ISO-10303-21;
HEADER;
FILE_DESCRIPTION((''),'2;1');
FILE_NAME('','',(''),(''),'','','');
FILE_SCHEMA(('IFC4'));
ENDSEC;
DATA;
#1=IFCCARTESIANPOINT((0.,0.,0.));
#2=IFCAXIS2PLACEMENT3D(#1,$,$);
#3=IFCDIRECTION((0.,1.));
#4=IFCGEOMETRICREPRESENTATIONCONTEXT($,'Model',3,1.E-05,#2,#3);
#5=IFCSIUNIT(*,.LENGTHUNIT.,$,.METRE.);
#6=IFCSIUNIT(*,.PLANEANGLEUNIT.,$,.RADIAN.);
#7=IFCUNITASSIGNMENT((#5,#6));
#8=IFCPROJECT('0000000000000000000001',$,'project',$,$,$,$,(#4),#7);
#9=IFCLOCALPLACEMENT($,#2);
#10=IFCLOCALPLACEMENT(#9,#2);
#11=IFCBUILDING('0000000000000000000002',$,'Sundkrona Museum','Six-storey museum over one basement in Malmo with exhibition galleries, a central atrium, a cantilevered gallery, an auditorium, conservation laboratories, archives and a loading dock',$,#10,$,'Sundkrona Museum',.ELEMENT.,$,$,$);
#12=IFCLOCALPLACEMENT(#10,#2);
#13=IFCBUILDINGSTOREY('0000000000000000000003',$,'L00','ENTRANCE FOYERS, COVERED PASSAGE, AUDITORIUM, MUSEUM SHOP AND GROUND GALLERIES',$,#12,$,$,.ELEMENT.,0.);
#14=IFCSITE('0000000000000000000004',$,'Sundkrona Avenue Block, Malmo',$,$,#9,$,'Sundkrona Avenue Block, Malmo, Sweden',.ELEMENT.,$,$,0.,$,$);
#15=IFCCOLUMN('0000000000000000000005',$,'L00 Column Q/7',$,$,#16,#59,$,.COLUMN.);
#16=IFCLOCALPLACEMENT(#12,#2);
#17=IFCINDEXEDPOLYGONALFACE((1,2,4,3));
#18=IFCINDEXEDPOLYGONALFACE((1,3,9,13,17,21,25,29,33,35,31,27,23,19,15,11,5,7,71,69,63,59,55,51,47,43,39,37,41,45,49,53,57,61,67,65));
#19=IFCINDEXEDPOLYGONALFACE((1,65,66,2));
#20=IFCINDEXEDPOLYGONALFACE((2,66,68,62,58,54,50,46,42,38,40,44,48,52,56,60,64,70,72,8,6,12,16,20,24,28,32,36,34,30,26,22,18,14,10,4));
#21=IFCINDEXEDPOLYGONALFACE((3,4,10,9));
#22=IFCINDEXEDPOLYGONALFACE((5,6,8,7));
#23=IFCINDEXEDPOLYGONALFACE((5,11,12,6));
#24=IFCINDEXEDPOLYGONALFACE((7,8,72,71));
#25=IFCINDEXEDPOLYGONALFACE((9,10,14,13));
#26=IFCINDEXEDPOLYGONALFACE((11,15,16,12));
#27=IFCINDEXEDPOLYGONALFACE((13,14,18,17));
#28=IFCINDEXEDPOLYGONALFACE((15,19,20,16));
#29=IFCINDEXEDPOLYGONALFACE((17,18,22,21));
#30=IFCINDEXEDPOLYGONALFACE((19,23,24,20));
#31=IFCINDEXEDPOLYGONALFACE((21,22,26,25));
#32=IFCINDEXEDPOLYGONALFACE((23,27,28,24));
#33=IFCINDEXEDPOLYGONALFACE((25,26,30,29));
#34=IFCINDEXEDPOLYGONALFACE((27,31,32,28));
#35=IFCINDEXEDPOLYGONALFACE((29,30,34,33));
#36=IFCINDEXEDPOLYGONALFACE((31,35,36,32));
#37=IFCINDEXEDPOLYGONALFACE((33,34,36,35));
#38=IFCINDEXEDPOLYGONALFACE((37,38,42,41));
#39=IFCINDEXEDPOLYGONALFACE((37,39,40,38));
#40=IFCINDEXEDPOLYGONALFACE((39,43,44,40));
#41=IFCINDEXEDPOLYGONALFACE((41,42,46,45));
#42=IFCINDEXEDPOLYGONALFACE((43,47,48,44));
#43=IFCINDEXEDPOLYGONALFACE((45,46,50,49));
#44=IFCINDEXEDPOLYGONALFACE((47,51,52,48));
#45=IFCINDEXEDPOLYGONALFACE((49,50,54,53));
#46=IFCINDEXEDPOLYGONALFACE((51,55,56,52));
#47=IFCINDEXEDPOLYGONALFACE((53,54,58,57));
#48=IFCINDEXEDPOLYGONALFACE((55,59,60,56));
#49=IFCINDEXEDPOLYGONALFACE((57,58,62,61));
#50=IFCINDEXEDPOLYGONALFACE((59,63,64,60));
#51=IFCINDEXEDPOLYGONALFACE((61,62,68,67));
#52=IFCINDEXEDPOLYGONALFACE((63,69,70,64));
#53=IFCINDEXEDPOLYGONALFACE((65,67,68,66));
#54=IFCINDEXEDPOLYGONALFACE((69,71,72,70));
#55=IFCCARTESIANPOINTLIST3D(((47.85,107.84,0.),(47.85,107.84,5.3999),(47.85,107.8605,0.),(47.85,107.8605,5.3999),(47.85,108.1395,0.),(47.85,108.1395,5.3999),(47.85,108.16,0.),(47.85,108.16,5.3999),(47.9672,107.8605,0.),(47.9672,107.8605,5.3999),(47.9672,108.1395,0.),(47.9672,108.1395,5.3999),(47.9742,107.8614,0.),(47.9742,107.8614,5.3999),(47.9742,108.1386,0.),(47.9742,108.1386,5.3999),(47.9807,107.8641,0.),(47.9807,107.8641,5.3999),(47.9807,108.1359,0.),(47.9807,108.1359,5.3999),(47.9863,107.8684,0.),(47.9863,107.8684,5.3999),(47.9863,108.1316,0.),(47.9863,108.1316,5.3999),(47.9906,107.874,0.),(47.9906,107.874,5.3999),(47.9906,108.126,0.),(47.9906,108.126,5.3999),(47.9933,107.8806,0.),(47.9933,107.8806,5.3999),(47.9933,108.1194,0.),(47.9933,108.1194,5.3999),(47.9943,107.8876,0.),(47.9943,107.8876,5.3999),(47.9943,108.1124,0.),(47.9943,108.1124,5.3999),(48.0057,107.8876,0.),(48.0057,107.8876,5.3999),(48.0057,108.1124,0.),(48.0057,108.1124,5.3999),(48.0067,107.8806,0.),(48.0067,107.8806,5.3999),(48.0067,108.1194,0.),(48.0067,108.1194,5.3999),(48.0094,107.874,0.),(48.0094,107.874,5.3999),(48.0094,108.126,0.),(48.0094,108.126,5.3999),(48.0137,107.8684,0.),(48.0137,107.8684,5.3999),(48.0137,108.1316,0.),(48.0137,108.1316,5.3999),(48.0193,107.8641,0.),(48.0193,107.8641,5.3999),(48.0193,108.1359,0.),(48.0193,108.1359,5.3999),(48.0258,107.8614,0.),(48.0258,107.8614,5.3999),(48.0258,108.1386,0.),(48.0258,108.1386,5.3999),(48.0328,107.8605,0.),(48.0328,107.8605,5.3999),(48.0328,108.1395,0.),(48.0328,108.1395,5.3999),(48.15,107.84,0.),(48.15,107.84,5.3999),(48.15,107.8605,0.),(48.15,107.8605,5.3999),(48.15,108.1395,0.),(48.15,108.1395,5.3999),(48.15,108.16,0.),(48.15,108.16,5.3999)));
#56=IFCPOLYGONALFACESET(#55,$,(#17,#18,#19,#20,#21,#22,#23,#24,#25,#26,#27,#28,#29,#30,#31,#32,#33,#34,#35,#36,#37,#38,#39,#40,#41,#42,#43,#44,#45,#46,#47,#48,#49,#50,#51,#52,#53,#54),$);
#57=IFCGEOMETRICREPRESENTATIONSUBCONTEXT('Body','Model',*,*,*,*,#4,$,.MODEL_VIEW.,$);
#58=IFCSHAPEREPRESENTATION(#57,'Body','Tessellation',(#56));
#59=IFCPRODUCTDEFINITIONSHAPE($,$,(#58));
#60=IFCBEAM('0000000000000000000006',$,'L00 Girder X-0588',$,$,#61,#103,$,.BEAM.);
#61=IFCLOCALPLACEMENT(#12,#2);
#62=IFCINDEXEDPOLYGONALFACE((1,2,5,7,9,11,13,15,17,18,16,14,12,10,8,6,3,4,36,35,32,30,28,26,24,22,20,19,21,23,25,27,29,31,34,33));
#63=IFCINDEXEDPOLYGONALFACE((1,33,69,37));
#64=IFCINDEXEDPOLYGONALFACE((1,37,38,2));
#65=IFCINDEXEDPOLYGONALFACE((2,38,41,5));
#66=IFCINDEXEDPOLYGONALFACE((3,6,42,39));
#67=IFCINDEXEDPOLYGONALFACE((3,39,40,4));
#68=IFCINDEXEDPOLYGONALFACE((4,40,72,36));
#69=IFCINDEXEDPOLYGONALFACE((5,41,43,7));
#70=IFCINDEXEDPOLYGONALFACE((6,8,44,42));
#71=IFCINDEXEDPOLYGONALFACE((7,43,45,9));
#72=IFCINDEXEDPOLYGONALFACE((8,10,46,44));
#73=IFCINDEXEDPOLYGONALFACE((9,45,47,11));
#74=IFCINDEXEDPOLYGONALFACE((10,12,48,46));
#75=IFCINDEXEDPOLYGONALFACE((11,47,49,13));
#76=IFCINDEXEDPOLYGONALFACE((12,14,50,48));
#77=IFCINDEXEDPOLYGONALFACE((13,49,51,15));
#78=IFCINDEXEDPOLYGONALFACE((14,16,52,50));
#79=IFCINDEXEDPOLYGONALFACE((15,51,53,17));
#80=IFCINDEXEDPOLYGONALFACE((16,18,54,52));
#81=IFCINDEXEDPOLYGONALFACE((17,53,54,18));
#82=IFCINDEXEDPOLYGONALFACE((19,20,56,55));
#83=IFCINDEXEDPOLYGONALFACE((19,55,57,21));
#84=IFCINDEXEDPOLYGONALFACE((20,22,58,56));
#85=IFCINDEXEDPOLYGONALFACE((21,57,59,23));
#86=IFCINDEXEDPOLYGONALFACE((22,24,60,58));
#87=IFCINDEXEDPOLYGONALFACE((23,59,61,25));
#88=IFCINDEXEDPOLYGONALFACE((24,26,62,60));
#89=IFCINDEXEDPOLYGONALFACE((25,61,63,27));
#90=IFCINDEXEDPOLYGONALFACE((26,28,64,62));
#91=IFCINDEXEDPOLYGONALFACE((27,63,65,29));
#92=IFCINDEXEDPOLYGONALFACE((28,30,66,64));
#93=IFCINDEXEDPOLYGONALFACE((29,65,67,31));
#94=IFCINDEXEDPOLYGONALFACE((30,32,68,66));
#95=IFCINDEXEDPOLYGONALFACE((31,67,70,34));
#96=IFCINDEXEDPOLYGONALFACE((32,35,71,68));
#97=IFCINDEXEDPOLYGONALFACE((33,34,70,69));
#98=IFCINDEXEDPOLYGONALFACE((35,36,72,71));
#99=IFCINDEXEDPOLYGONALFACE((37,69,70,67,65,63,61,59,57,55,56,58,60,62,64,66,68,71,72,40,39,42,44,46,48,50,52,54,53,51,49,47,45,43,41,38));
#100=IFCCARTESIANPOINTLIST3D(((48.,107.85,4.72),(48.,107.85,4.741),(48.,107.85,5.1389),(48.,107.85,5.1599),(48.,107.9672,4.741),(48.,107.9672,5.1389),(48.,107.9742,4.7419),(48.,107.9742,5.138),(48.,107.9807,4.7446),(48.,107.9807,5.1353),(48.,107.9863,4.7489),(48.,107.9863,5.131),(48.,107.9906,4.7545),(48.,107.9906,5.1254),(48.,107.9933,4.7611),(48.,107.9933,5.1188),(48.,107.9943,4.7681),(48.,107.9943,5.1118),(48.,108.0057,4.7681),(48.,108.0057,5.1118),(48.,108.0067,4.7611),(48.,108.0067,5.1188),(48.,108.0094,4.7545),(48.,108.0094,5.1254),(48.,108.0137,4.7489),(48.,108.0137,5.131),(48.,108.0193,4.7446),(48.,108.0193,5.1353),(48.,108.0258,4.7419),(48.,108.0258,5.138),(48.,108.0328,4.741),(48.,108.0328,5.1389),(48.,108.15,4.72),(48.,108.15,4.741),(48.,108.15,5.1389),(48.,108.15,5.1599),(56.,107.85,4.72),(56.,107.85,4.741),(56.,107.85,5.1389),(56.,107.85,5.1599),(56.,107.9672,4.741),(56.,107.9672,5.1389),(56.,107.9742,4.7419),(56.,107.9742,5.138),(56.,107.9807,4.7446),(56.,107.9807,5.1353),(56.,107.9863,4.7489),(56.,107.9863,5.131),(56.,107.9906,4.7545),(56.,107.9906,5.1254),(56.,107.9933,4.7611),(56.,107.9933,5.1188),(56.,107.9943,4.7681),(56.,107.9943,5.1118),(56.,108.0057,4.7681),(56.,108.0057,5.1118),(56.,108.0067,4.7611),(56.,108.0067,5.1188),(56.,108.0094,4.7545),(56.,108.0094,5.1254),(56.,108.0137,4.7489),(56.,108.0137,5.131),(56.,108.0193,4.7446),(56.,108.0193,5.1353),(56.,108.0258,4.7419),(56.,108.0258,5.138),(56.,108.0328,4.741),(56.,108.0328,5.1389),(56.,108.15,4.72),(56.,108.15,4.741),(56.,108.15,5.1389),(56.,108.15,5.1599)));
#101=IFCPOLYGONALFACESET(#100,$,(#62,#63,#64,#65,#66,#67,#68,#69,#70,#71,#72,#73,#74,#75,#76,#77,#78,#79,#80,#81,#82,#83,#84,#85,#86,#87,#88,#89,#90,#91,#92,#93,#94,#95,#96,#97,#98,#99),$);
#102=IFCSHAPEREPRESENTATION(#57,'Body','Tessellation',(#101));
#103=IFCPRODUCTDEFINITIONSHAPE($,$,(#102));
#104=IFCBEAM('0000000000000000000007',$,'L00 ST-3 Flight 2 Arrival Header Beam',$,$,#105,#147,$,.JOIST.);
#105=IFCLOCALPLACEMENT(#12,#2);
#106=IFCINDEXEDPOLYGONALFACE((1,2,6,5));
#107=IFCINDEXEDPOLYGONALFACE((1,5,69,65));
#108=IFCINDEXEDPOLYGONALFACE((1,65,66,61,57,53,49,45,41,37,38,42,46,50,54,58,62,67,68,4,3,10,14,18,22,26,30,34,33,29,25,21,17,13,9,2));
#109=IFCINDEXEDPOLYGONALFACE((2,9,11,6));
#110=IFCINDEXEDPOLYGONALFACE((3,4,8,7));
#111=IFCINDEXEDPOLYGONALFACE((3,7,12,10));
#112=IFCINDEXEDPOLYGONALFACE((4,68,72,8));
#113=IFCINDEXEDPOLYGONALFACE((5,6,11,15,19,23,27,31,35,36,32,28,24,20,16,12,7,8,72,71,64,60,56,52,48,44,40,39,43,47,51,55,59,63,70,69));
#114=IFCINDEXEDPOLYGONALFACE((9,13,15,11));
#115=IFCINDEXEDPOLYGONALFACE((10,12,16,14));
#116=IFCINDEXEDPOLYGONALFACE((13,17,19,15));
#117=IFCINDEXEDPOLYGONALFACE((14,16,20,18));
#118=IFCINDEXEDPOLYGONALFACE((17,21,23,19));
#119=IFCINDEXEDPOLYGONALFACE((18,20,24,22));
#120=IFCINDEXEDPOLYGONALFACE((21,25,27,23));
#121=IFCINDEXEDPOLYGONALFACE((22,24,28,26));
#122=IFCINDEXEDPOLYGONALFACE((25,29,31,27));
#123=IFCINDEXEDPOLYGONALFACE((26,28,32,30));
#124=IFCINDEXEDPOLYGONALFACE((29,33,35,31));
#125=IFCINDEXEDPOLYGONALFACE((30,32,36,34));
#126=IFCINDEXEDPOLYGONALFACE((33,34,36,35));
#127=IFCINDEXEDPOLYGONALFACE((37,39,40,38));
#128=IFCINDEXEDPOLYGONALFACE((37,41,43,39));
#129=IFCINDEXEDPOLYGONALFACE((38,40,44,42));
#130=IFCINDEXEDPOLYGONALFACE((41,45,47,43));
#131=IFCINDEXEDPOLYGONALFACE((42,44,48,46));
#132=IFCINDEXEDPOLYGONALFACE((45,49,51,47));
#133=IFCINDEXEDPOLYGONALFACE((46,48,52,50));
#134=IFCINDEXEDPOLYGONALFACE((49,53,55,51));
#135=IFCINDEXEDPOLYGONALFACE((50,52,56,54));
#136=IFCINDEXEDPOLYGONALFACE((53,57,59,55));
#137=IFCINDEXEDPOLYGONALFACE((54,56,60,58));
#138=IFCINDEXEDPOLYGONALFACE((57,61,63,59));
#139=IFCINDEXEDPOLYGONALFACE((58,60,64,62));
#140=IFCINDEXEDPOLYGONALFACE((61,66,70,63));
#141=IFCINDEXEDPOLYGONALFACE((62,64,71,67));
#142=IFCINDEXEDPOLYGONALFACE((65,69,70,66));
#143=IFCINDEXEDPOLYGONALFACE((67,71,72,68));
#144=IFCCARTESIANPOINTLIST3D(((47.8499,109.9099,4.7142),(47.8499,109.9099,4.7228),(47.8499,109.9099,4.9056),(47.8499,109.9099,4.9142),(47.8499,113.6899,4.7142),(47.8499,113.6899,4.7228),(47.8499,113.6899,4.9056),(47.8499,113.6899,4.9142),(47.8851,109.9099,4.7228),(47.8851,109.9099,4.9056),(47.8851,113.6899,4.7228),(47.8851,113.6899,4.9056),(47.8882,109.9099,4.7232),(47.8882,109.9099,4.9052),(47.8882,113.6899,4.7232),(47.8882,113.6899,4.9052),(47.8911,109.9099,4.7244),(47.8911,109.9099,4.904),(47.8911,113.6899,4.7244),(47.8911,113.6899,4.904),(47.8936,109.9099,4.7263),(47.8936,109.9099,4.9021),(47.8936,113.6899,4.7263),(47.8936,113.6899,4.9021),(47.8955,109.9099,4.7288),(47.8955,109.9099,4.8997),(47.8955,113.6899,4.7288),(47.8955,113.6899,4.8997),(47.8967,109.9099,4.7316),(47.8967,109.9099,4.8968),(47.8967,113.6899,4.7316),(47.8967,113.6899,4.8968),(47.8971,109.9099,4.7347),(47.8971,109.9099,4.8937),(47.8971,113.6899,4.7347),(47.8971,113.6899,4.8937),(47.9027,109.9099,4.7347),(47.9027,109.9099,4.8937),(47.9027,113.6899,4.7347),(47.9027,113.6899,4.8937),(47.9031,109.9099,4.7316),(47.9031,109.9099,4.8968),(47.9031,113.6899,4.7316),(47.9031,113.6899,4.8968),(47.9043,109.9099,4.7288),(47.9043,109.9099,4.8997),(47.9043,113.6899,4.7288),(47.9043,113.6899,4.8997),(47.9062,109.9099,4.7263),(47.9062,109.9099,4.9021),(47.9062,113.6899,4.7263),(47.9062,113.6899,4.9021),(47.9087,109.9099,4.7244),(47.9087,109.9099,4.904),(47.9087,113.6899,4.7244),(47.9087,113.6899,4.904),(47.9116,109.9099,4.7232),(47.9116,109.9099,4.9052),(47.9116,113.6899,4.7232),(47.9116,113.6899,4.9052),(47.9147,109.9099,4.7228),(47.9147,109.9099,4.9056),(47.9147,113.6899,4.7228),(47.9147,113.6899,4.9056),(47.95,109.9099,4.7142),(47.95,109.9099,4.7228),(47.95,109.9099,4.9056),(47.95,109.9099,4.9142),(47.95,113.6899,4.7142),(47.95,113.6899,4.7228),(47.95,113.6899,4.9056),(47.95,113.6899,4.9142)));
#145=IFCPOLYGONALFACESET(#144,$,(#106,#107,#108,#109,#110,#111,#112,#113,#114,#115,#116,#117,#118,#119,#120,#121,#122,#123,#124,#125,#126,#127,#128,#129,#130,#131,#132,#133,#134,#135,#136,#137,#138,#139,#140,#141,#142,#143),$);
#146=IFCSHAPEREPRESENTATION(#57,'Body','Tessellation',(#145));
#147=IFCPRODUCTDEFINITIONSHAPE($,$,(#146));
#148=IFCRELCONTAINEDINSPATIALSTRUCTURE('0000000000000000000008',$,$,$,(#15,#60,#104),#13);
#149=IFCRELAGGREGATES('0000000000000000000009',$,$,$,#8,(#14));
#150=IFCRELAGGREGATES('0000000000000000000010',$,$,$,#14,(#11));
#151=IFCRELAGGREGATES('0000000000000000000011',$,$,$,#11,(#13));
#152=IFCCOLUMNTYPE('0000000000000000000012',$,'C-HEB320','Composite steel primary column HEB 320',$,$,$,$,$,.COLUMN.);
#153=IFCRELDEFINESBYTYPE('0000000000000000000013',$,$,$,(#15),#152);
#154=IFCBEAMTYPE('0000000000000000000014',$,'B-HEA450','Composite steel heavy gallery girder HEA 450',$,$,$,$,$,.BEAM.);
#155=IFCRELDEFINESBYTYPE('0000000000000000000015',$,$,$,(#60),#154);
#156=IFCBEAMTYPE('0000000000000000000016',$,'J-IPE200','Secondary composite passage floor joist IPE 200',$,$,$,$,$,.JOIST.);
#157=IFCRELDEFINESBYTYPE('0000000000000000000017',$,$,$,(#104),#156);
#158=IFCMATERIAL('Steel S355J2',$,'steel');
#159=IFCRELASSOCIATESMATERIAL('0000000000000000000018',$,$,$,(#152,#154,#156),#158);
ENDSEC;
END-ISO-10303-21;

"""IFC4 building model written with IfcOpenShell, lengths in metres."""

from ifc_helpers import new_model, si_unit, direction, frame, origin, origin_2d, place, context, subcontext, project, spatial, i_section, extrude, material, material_profile, profile_set, type_object, element, save


model = new_model("IFC4")

# Units and contexts
model_context = context("Model", 3, precision=1e-05, world=origin(), true_north=direction((0.0, 1.0)))
body_context = subcontext(model_context, "Body", "Model", "MODEL_VIEW")
ifc_project = project(units=[si_unit("LENGTHUNIT", "METRE"), si_unit("PLANEANGLEUNIT", "RADIAN")], contexts=[model_context])

# Site, building, storey
site_placement = place(None, origin())
site = spatial("IfcSite", under=ifc_project, at=site_placement, Name="Sundkrona Avenue Block, Malmo", LongName="Sundkrona Avenue Block, Malmo, Sweden", CompositionType="ELEMENT", RefElevation=0.0)
building_placement = place(site_placement, origin())
building = spatial("IfcBuilding", under=site, at=building_placement, Name="Sundkrona Museum", Description="Six-storey museum over one basement in Malmo with exhibition galleries, a central atrium, a cantilevered gallery, an auditorium, conservation laboratories, archives and a loading dock", LongName="Sundkrona Museum", CompositionType="ELEMENT")
storey_placement = place(building_placement, origin())
storey = spatial("IfcBuildingStorey", under=building, at=storey_placement, Name="L00", Description="ENTRANCE FOYERS, COVERED PASSAGE, AUDITORIUM, MUSEUM SHOP AND GROUND GALLERIES", CompositionType="ELEMENT", Elevation=0.0)

# Column
ifc_material_1 = material(Name="Steel S355J2", Category="steel")
ifc_material_profile_1 = material_profile(ifc_material_1, i_section(OverallWidth=0.3, OverallDepth=0.3201, WebThickness=0.0115, FlangeThickness=0.0205, FilletRadius=0.0271, at=origin_2d()), Name="HEB 320")
ifc_profile_set_1 = profile_set([ifc_material_profile_1], Name="Steel S355J2")
column_type = type_object("IfcColumnType", Name="C-HEB320", Description="Composite steel primary column HEB 320", PredefinedType="COLUMN", material=ifc_profile_set_1)
column_placement = place(storey_placement, frame((48.0, 108.0, 0.0), z_axis=(0.0, 0.0, 1.0), x_axis=(1.0, 0.0, 0.0)))
element("IfcColumn", 1, at=column_placement, inside=storey, type_object=column_type, Name="L00 Column Q/7", PredefinedType="COLUMN", context=body_context, shape_type="SweptSolid", body=[
    extrude(i_section(OverallWidth=0.3, OverallDepth=0.3201, WebThickness=0.0115, FlangeThickness=0.0205, FilletRadius=0.0271, at=origin_2d()), origin(), (0.0, 0.0, 1.0), 5.3999),
])

# Beams
ifc_material_profile_2 = material_profile(ifc_material_1, i_section(OverallWidth=0.3, OverallDepth=0.4399, WebThickness=0.0115, FlangeThickness=0.021, FilletRadius=0.0271, at=origin_2d()), Name="HEA 450")
ifc_profile_set_2 = profile_set([ifc_material_profile_2], Name="Steel S355J2")
beam_type_1 = type_object("IfcBeamType", Name="B-HEA450", Description="Composite steel heavy gallery girder HEA 450", PredefinedType="BEAM", material=ifc_profile_set_2)
beam_1_placement = place(storey_placement, frame((48.0, 108.0, 4.9399), z_axis=(1.0, 0.0, 0.0), x_axis=(0.0, 1.0, 0.0)))
element("IfcBeam", 2, at=beam_1_placement, inside=storey, type_object=beam_type_1, Name="L00 Girder X-0588", PredefinedType="BEAM", context=body_context, shape_type="SweptSolid", body=[
    extrude(i_section(OverallWidth=0.3, OverallDepth=0.4399, WebThickness=0.0115, FlangeThickness=0.021, FilletRadius=0.0271, at=origin_2d()), origin(), (0.0, 0.0, 1.0), 8.0),
])
ifc_material_profile_3 = material_profile(ifc_material_1, i_section(OverallWidth=0.1001, OverallDepth=0.2, WebThickness=0.0056, FlangeThickness=0.0085, FilletRadius=0.012, at=origin_2d()), Name="IPE 200")
ifc_profile_set_3 = profile_set([ifc_material_profile_3], Name="Steel S355J2")
beam_type_2 = type_object("IfcBeamType", Name="J-IPE200", Description="Secondary composite passage floor joist IPE 200", PredefinedType="JOIST", material=ifc_profile_set_3)
beam_2_placement = place(storey_placement, frame((47.8999, 109.9099, 4.8142), z_axis=(0.0, 1.0, 0.0), x_axis=(-1.0, 0.0, 0.0)))
element("IfcBeam", 3, at=beam_2_placement, inside=storey, type_object=beam_type_2, Name="L00 ST-3 Flight 2 Arrival Header Beam", PredefinedType="JOIST", context=body_context, shape_type="SweptSolid", body=[
    extrude(i_section(OverallWidth=0.1001, OverallDepth=0.2, WebThickness=0.0056, FlangeThickness=0.0085, FilletRadius=0.012, at=origin_2d()), origin(), (0.0, 0.0, 1.0), 3.78),
])

save(model, "model.ifc")
